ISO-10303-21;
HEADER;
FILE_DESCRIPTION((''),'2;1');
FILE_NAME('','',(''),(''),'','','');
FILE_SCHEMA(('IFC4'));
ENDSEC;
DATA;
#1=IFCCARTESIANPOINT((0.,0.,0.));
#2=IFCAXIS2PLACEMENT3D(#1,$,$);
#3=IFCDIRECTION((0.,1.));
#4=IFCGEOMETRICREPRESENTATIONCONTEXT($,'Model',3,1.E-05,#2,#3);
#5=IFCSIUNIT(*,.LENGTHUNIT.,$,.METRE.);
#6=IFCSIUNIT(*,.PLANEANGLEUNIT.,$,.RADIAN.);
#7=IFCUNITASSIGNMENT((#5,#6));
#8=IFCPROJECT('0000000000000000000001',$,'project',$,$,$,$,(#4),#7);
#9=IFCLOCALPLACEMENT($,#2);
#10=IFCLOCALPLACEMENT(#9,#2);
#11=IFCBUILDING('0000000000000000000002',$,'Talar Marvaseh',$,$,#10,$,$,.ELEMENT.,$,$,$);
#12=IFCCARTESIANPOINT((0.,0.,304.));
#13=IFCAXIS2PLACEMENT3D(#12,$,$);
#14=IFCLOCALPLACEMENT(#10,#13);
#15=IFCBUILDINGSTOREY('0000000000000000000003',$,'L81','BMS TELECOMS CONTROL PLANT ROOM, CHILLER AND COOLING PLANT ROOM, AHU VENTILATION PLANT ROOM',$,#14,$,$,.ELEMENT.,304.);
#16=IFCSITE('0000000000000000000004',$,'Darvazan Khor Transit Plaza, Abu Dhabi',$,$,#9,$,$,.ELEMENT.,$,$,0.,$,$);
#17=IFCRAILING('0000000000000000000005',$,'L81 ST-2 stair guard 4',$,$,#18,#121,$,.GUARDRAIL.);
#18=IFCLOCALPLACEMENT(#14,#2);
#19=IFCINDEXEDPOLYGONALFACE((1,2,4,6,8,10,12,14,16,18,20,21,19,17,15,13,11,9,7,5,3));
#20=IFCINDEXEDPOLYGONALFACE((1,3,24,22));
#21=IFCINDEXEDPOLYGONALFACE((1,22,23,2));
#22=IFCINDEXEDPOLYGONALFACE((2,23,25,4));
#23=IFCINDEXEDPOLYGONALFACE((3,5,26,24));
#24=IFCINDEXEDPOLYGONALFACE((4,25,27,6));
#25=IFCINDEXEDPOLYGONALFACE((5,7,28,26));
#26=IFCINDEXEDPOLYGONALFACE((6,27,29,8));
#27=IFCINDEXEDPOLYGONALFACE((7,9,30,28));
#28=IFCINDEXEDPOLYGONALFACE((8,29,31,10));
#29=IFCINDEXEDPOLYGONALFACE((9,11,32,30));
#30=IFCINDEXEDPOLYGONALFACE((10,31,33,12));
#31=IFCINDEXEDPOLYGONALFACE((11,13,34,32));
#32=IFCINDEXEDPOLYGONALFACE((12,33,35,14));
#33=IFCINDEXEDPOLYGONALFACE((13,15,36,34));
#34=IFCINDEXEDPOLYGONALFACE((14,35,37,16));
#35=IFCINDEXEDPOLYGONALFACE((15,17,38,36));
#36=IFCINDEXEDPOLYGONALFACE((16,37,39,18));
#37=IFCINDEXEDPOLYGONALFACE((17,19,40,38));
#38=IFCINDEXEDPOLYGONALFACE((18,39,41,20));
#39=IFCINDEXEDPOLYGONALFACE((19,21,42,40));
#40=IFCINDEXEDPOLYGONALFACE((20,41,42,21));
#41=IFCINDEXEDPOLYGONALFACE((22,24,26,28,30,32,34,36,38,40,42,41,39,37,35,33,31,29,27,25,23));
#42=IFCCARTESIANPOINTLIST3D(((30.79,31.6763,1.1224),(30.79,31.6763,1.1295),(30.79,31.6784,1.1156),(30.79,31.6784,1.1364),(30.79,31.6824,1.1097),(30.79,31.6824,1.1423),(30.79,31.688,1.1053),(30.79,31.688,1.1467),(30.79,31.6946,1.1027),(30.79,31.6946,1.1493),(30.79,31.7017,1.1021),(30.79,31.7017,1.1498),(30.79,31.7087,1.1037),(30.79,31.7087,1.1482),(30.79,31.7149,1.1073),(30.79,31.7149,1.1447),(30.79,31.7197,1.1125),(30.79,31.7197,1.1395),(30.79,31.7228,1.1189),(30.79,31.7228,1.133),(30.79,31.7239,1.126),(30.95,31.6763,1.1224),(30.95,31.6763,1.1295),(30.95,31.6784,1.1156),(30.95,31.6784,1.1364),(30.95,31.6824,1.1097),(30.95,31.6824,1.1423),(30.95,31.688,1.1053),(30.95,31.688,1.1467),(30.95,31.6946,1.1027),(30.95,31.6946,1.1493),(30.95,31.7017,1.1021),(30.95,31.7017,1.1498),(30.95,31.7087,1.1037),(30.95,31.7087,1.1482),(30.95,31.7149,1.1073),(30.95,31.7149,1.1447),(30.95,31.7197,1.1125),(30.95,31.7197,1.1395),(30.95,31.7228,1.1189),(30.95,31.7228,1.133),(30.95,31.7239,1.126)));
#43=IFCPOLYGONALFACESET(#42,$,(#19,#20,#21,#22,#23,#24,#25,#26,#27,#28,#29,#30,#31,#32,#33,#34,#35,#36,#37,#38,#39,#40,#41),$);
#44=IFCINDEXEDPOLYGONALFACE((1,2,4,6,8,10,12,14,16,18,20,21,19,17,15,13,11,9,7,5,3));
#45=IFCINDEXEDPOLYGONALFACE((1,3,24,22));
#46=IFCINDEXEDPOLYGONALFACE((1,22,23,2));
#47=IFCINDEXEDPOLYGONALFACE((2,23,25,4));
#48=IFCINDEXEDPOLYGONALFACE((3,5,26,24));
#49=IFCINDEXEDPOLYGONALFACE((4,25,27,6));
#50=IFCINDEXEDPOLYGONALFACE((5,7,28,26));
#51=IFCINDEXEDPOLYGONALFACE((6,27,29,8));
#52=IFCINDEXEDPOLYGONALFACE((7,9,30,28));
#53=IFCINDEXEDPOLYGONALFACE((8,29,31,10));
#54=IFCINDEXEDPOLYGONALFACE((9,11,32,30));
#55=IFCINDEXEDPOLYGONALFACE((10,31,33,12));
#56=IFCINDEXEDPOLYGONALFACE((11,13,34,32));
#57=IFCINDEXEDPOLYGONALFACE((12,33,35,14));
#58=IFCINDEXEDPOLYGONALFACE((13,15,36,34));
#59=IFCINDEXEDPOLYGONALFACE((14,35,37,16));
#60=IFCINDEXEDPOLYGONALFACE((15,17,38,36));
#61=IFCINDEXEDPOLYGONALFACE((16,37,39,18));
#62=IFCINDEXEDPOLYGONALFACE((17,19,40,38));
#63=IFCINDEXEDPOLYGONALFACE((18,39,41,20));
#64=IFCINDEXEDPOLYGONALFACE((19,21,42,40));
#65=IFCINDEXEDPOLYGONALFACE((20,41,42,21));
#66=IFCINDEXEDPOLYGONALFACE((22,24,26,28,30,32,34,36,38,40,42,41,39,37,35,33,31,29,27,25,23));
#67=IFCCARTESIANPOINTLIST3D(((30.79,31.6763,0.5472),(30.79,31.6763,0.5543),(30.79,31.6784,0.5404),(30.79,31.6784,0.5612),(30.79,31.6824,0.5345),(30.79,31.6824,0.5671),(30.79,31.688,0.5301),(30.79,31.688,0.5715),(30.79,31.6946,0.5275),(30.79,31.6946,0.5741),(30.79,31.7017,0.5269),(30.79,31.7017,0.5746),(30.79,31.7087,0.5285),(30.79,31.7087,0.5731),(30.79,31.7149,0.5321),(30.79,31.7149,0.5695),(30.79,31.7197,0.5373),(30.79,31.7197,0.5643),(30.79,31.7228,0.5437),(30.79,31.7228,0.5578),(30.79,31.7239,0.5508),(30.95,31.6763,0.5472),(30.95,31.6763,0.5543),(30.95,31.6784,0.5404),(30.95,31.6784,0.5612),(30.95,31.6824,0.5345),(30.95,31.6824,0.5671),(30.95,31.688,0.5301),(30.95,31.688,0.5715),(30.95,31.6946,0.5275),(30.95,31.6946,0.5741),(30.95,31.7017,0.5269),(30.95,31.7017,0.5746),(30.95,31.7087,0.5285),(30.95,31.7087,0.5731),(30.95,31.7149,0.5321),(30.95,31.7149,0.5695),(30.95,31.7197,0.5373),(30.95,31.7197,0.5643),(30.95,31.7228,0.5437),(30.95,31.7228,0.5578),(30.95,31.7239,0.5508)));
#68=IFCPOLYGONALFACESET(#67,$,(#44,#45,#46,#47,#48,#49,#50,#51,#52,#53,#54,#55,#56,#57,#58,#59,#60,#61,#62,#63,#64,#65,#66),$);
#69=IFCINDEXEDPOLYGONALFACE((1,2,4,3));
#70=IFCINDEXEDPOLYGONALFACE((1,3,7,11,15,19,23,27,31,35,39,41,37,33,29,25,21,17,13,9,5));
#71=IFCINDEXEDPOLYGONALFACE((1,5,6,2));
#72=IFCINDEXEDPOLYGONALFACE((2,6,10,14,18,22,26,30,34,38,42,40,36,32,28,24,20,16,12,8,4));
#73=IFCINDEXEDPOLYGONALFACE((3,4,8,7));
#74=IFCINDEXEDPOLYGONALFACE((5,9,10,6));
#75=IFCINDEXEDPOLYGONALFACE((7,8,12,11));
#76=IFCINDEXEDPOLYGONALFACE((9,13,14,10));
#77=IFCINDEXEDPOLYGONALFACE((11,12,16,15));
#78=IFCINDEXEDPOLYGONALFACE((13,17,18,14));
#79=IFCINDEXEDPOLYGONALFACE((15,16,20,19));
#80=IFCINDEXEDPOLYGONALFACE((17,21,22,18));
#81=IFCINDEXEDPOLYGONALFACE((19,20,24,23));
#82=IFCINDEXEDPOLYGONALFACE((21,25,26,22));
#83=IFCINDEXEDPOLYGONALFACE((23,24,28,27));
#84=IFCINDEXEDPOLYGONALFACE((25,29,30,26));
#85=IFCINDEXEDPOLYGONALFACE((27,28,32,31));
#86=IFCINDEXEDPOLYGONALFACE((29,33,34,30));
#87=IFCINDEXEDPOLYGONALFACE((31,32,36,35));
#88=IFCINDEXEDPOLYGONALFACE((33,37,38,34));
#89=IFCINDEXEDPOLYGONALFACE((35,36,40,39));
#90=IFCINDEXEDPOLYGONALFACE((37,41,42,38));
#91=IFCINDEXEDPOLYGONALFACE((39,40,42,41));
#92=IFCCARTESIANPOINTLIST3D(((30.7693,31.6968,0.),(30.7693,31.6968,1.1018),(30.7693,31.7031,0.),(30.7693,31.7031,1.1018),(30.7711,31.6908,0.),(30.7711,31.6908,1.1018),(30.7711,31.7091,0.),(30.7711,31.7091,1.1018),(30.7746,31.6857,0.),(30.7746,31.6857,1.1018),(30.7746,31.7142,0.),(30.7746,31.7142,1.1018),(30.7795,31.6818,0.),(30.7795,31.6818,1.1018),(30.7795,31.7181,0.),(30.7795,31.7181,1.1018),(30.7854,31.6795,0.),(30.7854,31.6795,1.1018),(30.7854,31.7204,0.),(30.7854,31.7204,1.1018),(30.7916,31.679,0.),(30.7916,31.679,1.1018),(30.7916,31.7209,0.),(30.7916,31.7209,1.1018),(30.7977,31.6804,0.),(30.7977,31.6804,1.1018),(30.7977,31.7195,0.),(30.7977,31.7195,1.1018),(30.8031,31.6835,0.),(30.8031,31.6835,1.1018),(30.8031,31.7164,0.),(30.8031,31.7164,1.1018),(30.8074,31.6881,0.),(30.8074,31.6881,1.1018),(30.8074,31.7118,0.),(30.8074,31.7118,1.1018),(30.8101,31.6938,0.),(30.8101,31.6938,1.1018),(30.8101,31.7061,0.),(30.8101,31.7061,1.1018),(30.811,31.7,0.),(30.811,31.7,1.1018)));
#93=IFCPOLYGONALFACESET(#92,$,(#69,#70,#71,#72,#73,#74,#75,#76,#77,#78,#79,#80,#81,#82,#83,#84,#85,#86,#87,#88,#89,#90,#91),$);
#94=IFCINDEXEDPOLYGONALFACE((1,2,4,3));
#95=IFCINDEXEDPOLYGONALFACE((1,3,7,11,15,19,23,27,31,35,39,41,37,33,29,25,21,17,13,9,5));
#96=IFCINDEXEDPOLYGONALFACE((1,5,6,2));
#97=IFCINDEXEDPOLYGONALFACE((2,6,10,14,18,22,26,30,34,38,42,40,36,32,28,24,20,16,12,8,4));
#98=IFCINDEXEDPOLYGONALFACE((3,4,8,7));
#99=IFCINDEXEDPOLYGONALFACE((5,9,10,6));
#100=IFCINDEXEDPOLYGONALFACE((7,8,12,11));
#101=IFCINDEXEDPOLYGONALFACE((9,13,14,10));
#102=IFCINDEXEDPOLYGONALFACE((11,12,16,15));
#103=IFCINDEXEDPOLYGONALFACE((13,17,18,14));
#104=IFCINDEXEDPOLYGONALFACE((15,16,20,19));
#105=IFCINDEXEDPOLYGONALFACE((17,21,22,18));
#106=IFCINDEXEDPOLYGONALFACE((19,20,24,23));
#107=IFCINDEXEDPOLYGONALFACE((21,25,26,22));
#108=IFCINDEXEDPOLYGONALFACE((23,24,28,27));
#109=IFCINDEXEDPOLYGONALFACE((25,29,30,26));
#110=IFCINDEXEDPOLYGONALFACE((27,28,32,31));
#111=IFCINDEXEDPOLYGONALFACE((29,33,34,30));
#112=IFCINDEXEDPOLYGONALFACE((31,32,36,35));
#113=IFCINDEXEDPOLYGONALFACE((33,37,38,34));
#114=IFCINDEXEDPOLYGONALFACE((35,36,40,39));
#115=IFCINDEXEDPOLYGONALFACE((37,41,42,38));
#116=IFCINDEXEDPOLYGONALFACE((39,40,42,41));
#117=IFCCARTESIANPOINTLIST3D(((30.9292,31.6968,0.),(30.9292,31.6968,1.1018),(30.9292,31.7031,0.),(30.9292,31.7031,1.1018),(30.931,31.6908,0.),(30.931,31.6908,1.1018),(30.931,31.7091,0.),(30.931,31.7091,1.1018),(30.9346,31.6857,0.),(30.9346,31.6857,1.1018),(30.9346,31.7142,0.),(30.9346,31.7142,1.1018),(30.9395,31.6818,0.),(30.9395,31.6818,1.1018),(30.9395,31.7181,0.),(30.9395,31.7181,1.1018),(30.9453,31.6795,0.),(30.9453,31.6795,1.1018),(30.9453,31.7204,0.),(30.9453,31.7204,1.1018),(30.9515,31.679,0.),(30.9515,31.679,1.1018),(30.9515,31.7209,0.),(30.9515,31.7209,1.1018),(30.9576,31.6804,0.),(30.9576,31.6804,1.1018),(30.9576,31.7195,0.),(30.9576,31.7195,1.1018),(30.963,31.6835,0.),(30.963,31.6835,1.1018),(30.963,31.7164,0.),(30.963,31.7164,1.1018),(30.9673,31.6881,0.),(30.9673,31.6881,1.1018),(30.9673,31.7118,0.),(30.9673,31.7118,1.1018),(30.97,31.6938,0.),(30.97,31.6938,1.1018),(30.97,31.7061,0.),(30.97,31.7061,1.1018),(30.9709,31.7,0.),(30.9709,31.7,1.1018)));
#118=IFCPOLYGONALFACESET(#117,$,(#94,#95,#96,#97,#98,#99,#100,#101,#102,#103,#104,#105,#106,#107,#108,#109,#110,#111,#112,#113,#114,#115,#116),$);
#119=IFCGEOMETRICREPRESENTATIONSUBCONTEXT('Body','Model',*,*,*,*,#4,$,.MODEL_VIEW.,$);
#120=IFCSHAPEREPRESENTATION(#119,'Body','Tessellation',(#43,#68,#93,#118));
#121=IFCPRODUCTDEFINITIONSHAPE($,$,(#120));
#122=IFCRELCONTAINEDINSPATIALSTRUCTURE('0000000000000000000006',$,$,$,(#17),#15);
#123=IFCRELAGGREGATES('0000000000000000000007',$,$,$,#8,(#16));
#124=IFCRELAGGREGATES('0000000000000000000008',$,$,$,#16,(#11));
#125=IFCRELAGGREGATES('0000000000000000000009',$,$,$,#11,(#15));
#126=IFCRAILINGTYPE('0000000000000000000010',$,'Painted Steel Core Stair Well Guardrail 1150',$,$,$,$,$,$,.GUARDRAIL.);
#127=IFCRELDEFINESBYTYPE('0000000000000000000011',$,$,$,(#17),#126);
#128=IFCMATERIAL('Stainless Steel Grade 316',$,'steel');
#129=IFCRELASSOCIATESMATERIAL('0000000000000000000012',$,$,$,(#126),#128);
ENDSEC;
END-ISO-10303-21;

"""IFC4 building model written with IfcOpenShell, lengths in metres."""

from ifc_helpers import new_model, si_unit, direction, frame, origin, origin_2d, place, context, subcontext, project, spatial, circle, extrude, material, type_object, element, save


model = new_model("IFC4")

# Units and contexts
model_context = context("Model", 3, precision=1e-05, world=origin(), true_north=direction((0.0, 1.0)))
body_context = subcontext(model_context, "Body", "Model", "MODEL_VIEW")
ifc_project = project(units=[si_unit("LENGTHUNIT", "METRE"), si_unit("PLANEANGLEUNIT", "RADIAN")], contexts=[model_context])

# Site, building, storey
site_placement = place(None, origin())
site = spatial("IfcSite", under=ifc_project, at=site_placement, Name="Darvazan Khor Transit Plaza, Abu Dhabi", CompositionType="ELEMENT", RefElevation=0.0)
building_placement = place(site_placement, origin())
building = spatial("IfcBuilding", under=site, at=building_placement, Name="Talar Marvaseh", CompositionType="ELEMENT")
storey_placement = place(building_placement, frame((0.0, 0.0, 304.0)))
storey = spatial("IfcBuildingStorey", under=building, at=storey_placement, Name="L81", Description="BMS TELECOMS CONTROL PLANT ROOM, CHILLER AND COOLING PLANT ROOM, AHU VENTILATION PLANT ROOM", CompositionType="ELEMENT", Elevation=304.0)

# Railing
ifc_material_1 = material(Name="Stainless Steel Grade 316", Category="steel")
railing_type_1 = type_object("IfcRailingType", Name="Painted Steel Core Stair Well Guardrail 1150", PredefinedType="GUARDRAIL", material=ifc_material_1)
railing_1_placement = place(storey_placement, frame((30.79, 31.7, 0.0)))
element("IfcRailing", 1, at=railing_1_placement, inside=storey, type_object=railing_type_1, Name="L81 ST-2 stair guard 4", PredefinedType="GUARDRAIL", context=body_context, shape_type="SweptSolid", body=[
    extrude(circle(Radius=0.0239, at=origin_2d()), frame((0.0, 0.0, 1.126), z_axis=(1.0, 0.0, 0.0), x_axis=(0.0, 1.0, 0.0)), (0.0, 0.0, 1.0), 0.1599),
    extrude(circle(Radius=0.0239, at=origin_2d()), frame((0.0, 0.0, 0.5508), z_axis=(1.0, 0.0, 0.0), x_axis=(0.0, 1.0, 0.0)), (0.0, 0.0, 1.0), 0.1599),
    extrude(circle(Radius=0.021, at=origin_2d()), origin(), (0.0, 0.0, 1.0), 1.1018),
    extrude(circle(Radius=0.021, at=origin_2d()), frame((0.1599, 0.0, 0.0)), (0.0, 0.0, 1.0), 1.1018),
])

save(model, "model.ifc")
